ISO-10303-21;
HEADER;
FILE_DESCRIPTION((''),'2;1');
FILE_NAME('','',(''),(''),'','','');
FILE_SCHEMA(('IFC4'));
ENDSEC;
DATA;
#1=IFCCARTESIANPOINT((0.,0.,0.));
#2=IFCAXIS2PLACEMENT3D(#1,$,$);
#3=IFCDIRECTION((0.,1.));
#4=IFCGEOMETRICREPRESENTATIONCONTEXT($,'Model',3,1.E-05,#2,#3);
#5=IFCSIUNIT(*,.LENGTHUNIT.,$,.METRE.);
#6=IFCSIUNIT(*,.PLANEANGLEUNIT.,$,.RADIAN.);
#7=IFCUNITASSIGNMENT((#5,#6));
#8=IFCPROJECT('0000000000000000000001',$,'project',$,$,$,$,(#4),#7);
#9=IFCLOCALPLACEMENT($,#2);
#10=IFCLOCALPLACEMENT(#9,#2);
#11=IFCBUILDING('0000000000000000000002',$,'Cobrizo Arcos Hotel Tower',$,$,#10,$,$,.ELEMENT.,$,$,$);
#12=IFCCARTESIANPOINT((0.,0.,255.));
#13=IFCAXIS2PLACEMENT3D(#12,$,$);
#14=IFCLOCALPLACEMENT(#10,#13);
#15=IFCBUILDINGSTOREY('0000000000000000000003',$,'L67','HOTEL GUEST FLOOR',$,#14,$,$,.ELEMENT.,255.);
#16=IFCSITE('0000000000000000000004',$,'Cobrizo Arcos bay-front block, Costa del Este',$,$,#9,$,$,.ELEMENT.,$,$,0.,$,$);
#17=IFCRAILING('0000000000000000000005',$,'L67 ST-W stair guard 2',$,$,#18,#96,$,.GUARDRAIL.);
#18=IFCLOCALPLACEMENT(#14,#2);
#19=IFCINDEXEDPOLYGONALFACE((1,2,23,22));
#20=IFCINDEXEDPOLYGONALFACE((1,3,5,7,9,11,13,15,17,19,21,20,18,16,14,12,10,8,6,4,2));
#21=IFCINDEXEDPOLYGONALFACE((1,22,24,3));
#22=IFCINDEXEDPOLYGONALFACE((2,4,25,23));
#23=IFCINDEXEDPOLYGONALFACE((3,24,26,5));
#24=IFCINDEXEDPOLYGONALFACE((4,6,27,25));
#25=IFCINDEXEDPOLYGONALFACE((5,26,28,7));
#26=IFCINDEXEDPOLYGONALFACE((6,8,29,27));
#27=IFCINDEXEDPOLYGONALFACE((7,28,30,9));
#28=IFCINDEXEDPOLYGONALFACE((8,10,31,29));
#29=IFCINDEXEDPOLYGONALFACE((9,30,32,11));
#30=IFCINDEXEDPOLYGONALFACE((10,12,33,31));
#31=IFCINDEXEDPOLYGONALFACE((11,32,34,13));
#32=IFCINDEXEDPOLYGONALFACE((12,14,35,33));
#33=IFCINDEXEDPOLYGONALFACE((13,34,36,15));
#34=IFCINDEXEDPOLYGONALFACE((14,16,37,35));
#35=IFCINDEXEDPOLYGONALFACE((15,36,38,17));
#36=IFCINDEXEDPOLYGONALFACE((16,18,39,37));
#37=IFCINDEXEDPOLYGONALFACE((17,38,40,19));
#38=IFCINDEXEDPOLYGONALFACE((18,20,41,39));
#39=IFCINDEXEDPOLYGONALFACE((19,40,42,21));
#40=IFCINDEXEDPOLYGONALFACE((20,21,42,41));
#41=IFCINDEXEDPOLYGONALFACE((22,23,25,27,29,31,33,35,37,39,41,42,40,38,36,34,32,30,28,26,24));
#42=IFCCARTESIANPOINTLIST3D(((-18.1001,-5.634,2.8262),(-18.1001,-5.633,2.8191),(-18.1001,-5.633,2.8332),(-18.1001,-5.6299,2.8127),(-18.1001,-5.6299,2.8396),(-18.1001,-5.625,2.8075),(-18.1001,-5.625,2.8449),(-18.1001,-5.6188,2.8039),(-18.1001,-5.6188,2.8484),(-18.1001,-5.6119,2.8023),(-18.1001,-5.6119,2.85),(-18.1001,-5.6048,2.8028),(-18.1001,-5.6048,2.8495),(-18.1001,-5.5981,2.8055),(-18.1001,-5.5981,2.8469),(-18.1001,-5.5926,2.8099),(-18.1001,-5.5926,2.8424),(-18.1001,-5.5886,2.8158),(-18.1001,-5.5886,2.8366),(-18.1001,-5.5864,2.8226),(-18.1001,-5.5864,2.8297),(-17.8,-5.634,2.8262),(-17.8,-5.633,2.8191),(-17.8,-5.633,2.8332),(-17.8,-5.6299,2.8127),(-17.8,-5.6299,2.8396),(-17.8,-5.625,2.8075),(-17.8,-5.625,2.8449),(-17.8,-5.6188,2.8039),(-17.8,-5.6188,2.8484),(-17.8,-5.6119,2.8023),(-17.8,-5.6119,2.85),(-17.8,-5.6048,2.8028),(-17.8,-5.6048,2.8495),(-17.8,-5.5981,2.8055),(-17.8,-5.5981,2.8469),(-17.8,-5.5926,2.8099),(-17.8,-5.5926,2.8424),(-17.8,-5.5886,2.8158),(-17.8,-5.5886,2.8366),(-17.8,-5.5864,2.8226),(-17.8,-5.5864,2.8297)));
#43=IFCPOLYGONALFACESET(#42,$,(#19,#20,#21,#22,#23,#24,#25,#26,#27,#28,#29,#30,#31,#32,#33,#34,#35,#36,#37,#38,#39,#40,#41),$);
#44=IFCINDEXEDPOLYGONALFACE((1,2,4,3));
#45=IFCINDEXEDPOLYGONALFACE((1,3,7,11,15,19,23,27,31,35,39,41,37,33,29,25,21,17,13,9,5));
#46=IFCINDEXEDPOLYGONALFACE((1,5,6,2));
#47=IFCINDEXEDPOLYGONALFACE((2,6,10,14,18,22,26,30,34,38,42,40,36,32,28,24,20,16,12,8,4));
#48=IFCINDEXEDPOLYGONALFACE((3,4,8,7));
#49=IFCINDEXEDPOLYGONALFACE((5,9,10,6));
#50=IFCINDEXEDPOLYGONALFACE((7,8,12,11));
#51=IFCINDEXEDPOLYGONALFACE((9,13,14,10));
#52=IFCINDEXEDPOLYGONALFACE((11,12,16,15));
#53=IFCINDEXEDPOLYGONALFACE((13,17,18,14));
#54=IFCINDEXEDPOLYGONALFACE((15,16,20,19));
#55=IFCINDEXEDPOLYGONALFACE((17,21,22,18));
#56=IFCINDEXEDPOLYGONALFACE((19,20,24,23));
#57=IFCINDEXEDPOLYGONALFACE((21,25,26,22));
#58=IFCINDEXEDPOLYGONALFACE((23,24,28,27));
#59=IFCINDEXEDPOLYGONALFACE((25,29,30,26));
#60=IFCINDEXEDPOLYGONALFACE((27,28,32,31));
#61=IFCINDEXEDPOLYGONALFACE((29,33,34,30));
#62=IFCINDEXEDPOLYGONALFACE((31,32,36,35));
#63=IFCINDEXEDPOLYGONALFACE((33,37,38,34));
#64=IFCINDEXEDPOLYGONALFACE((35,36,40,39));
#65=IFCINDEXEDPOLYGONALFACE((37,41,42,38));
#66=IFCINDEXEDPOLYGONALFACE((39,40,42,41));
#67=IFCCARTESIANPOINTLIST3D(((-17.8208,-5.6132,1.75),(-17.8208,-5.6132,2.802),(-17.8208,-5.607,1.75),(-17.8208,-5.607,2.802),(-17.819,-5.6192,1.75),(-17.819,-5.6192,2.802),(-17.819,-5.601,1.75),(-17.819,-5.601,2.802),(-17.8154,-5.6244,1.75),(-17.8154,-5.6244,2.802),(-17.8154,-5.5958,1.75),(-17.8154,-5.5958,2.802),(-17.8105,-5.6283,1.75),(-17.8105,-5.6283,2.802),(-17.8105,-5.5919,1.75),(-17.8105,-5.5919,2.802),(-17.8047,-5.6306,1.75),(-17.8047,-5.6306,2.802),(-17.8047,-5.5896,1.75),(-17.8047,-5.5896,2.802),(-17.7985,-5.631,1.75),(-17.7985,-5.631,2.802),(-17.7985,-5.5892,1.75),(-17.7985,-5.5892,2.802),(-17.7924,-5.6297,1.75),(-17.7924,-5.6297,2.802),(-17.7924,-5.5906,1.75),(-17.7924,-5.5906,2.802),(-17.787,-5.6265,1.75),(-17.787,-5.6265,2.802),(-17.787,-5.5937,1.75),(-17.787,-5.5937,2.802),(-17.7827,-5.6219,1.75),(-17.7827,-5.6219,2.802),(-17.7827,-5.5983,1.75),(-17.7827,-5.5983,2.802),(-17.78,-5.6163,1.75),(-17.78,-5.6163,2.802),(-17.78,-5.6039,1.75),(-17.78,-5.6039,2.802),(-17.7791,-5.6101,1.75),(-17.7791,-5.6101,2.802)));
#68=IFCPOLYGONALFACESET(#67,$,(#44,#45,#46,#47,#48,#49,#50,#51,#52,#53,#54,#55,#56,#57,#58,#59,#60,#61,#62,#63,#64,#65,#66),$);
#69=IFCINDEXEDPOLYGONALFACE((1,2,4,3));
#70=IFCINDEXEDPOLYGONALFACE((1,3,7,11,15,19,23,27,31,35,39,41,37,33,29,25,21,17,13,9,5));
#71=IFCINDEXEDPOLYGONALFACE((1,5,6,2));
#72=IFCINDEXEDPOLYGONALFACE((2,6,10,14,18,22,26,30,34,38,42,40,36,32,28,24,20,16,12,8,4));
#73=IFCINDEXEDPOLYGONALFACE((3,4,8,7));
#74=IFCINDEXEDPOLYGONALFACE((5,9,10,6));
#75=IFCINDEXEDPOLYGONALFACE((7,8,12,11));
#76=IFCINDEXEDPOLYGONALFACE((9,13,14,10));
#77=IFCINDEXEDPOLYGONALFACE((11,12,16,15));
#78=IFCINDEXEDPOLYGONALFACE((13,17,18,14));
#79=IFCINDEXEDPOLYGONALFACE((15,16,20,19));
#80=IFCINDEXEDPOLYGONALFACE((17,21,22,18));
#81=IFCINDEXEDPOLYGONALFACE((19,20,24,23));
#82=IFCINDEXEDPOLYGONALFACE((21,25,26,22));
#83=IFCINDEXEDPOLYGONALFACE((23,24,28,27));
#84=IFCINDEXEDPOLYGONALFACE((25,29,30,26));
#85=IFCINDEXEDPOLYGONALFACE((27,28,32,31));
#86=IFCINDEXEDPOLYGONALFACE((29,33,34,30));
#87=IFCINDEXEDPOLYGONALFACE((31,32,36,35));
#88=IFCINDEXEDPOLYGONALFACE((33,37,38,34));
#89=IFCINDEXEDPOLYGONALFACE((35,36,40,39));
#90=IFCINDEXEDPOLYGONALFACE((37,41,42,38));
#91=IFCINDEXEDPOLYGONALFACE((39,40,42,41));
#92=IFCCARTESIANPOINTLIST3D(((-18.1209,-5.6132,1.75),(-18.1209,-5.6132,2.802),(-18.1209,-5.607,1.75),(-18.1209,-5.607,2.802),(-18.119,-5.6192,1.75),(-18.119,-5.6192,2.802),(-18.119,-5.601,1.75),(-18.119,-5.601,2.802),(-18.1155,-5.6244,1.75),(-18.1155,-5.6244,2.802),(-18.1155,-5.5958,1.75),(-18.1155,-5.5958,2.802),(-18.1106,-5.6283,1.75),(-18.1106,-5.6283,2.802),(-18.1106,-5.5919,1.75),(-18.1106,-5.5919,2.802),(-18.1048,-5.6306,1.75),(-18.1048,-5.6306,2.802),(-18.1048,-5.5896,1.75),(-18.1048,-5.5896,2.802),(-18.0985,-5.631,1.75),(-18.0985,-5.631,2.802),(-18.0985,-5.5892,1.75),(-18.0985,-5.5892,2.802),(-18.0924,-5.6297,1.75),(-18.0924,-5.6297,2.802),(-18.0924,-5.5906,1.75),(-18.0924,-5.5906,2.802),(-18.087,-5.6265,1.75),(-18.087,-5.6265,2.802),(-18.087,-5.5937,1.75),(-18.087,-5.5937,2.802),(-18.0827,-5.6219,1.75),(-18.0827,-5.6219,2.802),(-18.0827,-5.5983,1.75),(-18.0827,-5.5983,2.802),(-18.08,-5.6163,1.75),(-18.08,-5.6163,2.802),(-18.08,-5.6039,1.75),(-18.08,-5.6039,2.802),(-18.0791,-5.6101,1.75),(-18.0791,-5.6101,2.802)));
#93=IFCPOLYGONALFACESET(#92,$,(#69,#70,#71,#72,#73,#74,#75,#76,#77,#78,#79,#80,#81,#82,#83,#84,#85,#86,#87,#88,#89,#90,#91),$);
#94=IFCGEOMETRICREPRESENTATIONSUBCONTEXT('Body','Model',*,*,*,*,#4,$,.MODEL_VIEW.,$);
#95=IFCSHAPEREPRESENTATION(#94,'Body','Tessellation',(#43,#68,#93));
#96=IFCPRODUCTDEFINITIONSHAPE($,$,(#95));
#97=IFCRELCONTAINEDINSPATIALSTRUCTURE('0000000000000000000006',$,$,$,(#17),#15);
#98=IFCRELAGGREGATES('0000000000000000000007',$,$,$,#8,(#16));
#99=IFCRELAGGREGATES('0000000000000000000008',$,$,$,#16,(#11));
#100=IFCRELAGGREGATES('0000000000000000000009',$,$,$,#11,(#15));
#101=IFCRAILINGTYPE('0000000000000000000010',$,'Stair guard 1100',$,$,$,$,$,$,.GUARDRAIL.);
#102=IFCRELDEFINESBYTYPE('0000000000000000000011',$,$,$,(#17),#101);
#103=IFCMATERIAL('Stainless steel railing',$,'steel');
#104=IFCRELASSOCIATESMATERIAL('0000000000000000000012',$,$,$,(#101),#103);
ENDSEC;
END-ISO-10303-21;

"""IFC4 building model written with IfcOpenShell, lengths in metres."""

from ifc_helpers import new_model, si_unit, direction, frame, origin, origin_2d, place, context, subcontext, project, spatial, circle, extrude, material, type_object, element, save


model = new_model("IFC4")

# Units and contexts
model_context = context("Model", 3, precision=1e-05, world=origin(), true_north=direction((0.0, 1.0)))
body_context = subcontext(model_context, "Body", "Model", "MODEL_VIEW")
ifc_project = project(units=[si_unit("LENGTHUNIT", "METRE"), si_unit("PLANEANGLEUNIT", "RADIAN")], contexts=[model_context])

# Site, building, storey
site_placement = place(None, origin())
site = spatial("IfcSite", under=ifc_project, at=site_placement, Name="Cobrizo Arcos bay-front block, Costa del Este", CompositionType="ELEMENT", RefElevation=0.0)
building_placement = place(site_placement, origin())
building = spatial("IfcBuilding", under=site, at=building_placement, Name="Cobrizo Arcos Hotel Tower", CompositionType="ELEMENT")
storey_placement = place(building_placement, frame((0.0, 0.0, 255.0)))
storey = spatial("IfcBuildingStorey", under=building, at=storey_placement, Name="L67", Description="HOTEL GUEST FLOOR", CompositionType="ELEMENT", Elevation=255.0)

# Railing
ifc_material_1 = material(Name="Stainless steel railing", Category="steel")
railing_type_1 = type_object("IfcRailingType", Name="Stair guard 1100", PredefinedType="GUARDRAIL", material=ifc_material_1)
railing_1_placement = place(storey_placement, frame((-17.8, -5.6101, 1.75)))
element("IfcRailing", 1, at=railing_1_placement, inside=storey, type_object=railing_type_1, Name="L67 ST-W stair guard 2", PredefinedType="GUARDRAIL", context=body_context, shape_type="SweptSolid", body=[
    extrude(circle(Radius=0.0239, at=origin_2d()), frame((0.0, 0.0, 1.0762), z_axis=(-1.0, 0.0, 0.0), x_axis=(0.0, -1.0, 0.0)), (0.0, 0.0, 1.0), 0.3),
    extrude(circle(Radius=0.021, at=origin_2d()), origin(), (0.0, 0.0, 1.0), 1.052),
    extrude(circle(Radius=0.021, at=origin_2d()), frame((-0.3, 0.0, 0.0)), (0.0, 0.0, 1.0), 1.052),
])

save(model, "model.ifc")
